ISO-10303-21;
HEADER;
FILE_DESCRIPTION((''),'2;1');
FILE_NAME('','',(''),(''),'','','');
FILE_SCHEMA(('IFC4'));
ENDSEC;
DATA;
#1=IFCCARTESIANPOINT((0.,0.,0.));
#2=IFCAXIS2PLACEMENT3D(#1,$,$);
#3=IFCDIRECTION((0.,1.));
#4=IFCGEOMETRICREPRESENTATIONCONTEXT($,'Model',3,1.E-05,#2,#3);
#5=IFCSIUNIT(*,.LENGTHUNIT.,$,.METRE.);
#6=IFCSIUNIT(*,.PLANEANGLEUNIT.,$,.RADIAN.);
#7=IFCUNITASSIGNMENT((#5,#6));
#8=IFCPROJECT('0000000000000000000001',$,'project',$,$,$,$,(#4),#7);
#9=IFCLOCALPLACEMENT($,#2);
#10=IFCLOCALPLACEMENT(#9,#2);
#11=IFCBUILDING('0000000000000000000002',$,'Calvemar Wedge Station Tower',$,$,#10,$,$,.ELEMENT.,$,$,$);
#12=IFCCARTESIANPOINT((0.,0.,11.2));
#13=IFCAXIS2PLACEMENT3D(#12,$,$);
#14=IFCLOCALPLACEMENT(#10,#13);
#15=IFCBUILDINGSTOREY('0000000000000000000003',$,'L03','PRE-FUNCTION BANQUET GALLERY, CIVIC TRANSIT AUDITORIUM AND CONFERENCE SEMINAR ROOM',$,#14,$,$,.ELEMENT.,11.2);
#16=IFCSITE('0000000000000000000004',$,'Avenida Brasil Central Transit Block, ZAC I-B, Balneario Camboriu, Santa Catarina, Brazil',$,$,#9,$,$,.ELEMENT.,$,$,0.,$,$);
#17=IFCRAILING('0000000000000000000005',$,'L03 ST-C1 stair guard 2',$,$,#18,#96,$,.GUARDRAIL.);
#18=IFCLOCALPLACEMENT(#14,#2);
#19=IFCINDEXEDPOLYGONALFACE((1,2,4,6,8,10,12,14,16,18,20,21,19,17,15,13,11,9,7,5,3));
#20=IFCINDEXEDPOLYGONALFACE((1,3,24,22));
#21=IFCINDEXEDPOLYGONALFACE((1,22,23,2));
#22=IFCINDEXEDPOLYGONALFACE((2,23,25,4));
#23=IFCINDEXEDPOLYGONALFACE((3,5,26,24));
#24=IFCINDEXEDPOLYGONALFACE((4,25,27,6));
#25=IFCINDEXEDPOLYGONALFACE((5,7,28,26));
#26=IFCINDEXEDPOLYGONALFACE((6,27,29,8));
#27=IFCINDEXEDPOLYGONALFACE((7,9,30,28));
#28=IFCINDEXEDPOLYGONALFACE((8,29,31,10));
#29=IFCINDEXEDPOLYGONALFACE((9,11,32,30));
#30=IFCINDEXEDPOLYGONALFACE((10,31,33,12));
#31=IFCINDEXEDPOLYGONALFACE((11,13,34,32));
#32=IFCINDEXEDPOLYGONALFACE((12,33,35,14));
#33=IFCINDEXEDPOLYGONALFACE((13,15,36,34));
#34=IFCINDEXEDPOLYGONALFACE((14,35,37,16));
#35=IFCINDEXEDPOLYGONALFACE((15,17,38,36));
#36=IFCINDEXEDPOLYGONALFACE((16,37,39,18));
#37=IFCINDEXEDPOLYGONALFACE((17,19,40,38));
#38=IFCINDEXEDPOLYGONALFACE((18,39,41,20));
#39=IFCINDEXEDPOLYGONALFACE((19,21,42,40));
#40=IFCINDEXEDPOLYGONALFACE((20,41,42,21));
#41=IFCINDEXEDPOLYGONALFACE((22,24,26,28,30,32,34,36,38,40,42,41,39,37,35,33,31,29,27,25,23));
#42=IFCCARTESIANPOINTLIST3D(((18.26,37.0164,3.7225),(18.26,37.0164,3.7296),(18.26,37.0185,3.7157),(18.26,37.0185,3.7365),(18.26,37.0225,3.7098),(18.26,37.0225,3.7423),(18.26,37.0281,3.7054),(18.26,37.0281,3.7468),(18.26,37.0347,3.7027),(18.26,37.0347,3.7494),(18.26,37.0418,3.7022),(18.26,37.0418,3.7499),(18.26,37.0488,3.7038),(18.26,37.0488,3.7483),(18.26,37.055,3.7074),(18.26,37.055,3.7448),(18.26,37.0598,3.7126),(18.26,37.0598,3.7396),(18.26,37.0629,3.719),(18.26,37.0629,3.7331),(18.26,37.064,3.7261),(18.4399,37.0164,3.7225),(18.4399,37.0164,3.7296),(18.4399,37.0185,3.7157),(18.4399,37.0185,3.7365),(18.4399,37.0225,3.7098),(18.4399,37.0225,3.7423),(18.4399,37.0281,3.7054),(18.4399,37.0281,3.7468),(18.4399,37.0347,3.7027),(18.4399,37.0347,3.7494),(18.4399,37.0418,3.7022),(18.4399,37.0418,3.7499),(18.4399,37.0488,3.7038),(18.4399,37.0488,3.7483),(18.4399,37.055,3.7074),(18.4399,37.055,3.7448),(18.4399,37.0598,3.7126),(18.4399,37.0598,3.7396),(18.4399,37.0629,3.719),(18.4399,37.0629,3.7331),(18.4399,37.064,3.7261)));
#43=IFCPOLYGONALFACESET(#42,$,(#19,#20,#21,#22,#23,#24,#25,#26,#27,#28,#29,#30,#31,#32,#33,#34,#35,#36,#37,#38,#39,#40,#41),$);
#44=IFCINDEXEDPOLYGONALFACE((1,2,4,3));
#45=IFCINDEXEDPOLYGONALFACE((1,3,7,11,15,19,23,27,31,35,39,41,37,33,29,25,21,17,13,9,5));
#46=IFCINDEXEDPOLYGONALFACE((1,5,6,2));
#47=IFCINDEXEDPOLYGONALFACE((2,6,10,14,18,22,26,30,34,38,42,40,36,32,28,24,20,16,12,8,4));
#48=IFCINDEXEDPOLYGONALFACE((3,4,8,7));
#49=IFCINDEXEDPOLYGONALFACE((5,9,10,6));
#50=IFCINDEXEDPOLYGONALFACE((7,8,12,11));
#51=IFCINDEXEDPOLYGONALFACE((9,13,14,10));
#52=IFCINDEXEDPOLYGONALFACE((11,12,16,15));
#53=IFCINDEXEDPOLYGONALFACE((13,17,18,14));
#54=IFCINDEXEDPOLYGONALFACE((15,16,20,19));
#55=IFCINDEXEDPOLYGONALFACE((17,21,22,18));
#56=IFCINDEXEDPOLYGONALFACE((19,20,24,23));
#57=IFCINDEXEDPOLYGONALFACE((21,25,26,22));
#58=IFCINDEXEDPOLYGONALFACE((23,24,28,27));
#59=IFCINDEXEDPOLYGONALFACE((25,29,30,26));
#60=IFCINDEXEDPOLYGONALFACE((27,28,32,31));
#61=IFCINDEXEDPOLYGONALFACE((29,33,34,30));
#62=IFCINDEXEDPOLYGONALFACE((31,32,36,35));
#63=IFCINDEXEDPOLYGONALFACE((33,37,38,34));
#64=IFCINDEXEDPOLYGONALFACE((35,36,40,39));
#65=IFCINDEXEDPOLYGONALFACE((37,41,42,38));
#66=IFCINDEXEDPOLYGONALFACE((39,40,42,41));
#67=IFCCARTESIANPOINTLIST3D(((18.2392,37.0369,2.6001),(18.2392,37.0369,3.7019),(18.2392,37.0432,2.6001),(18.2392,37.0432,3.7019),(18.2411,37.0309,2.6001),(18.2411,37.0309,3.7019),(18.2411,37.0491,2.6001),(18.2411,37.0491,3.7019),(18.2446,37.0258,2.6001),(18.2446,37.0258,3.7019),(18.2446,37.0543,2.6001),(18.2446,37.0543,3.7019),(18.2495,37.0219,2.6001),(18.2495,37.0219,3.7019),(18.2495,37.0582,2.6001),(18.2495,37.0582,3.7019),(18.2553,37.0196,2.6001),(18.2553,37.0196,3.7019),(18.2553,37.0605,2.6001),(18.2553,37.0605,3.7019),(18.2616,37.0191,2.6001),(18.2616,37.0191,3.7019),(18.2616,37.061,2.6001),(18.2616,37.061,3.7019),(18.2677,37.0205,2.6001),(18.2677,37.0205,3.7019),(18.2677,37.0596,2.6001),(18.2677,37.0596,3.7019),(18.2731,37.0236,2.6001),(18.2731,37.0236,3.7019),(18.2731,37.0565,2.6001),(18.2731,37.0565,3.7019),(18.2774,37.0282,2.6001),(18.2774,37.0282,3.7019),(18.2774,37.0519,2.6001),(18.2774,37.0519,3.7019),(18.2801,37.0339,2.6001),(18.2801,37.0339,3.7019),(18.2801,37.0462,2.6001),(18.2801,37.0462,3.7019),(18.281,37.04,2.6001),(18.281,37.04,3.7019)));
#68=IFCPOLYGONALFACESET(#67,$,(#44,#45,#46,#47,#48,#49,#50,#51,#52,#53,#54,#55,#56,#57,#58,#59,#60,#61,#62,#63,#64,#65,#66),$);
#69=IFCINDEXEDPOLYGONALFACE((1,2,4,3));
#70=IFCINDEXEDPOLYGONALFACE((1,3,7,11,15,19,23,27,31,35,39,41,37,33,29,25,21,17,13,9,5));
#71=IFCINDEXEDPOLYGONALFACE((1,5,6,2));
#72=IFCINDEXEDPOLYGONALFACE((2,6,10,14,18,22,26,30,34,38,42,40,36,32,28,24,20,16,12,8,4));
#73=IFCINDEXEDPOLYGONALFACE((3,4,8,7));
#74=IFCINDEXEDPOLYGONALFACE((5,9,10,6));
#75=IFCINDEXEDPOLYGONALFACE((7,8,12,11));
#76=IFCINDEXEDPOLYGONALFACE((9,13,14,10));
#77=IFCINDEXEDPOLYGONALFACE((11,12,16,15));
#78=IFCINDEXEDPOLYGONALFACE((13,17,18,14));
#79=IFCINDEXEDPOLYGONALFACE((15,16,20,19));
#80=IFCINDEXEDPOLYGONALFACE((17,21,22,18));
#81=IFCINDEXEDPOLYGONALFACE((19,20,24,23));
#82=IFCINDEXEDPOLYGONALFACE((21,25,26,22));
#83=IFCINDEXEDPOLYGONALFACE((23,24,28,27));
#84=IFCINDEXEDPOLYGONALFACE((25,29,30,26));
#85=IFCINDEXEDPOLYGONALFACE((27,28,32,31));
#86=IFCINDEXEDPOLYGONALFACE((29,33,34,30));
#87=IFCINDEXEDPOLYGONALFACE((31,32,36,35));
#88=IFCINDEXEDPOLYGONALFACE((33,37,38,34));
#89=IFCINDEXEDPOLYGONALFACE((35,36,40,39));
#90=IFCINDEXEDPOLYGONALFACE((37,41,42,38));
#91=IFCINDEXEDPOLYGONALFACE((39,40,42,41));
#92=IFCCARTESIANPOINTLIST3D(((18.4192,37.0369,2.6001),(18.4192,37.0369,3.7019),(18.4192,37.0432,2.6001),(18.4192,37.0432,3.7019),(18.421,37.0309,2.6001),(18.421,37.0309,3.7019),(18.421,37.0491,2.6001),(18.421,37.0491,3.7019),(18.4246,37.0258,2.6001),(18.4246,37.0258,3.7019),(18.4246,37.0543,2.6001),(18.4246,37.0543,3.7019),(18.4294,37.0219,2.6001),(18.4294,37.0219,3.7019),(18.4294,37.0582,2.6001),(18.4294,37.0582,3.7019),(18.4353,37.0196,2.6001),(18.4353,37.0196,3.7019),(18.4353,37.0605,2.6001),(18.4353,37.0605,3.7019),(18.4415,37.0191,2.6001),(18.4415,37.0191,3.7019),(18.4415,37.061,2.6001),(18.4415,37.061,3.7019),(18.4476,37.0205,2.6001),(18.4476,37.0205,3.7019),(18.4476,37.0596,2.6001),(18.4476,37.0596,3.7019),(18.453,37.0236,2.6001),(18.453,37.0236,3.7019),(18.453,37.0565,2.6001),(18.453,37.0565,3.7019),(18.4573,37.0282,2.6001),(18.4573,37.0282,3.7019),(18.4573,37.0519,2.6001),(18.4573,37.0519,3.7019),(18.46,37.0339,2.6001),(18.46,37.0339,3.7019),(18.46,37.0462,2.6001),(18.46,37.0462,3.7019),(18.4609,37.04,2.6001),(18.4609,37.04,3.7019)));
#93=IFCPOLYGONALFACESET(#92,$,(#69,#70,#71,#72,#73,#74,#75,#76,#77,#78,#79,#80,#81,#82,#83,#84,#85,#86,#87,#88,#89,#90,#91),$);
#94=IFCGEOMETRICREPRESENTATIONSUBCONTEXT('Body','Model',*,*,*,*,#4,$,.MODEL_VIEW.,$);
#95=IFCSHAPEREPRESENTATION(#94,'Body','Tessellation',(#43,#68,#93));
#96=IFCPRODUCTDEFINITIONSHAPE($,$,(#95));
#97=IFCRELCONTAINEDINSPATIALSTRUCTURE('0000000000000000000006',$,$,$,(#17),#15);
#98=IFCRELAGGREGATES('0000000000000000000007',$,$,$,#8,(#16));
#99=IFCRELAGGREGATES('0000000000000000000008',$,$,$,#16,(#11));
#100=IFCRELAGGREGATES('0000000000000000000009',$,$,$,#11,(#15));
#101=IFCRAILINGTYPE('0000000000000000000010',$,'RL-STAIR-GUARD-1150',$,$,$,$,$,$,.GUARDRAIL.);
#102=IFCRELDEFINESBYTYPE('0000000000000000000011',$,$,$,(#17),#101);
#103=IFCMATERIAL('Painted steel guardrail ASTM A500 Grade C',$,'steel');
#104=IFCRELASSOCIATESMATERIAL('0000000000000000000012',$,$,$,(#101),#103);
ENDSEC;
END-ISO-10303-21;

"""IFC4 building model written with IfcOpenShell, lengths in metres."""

from ifc_helpers import new_model, si_unit, direction, frame, origin, origin_2d, place, context, subcontext, project, spatial, circle, extrude, material, type_object, element, save


model = new_model("IFC4")

# Units and contexts
model_context = context("Model", 3, precision=1e-05, world=origin(), true_north=direction((0.0, 1.0)))
body_context = subcontext(model_context, "Body", "Model", "MODEL_VIEW")
ifc_project = project(units=[si_unit("LENGTHUNIT", "METRE"), si_unit("PLANEANGLEUNIT", "RADIAN")], contexts=[model_context])

# Site, building, storey
site_placement = place(None, origin())
site = spatial("IfcSite", under=ifc_project, at=site_placement, Name="Avenida Brasil Central Transit Block, ZAC I-B, Balneario Camboriu, Santa Catarina, Brazil", CompositionType="ELEMENT", RefElevation=0.0)
building_placement = place(site_placement, origin())
building = spatial("IfcBuilding", under=site, at=building_placement, Name="Calvemar Wedge Station Tower", CompositionType="ELEMENT")
storey_placement = place(building_placement, frame((0.0, 0.0, 11.2)))
storey = spatial("IfcBuildingStorey", under=building, at=storey_placement, Name="L03", Description="PRE-FUNCTION BANQUET GALLERY, CIVIC TRANSIT AUDITORIUM AND CONFERENCE SEMINAR ROOM", CompositionType="ELEMENT", Elevation=11.2)

# Railing
ifc_material_1 = material(Name="Painted steel guardrail ASTM A500 Grade C", Category="steel")
railing_type_1 = type_object("IfcRailingType", Name="RL-STAIR-GUARD-1150", PredefinedType="GUARDRAIL", material=ifc_material_1)
railing_1_placement = place(storey_placement, frame((18.26, 37.04, 2.6001)))
element("IfcRailing", 1, at=railing_1_placement, inside=storey, type_object=railing_type_1, Name="L03 ST-C1 stair guard 2", PredefinedType="GUARDRAIL", context=body_context, shape_type="SweptSolid", body=[
    extrude(circle(Radius=0.0239, at=origin_2d()), frame((0.0, 0.0, 1.126), z_axis=(1.0, 0.0, 0.0), x_axis=(0.0, 1.0, 0.0)), (0.0, 0.0, 1.0), 0.1799),
    extrude(circle(Radius=0.021, at=origin_2d()), origin(), (0.0, 0.0, 1.0), 1.1018),
    extrude(circle(Radius=0.021, at=origin_2d()), frame((0.1799, 0.0, 0.0)), (0.0, 0.0, 1.0), 1.1018),
])

save(model, "model.ifc")
